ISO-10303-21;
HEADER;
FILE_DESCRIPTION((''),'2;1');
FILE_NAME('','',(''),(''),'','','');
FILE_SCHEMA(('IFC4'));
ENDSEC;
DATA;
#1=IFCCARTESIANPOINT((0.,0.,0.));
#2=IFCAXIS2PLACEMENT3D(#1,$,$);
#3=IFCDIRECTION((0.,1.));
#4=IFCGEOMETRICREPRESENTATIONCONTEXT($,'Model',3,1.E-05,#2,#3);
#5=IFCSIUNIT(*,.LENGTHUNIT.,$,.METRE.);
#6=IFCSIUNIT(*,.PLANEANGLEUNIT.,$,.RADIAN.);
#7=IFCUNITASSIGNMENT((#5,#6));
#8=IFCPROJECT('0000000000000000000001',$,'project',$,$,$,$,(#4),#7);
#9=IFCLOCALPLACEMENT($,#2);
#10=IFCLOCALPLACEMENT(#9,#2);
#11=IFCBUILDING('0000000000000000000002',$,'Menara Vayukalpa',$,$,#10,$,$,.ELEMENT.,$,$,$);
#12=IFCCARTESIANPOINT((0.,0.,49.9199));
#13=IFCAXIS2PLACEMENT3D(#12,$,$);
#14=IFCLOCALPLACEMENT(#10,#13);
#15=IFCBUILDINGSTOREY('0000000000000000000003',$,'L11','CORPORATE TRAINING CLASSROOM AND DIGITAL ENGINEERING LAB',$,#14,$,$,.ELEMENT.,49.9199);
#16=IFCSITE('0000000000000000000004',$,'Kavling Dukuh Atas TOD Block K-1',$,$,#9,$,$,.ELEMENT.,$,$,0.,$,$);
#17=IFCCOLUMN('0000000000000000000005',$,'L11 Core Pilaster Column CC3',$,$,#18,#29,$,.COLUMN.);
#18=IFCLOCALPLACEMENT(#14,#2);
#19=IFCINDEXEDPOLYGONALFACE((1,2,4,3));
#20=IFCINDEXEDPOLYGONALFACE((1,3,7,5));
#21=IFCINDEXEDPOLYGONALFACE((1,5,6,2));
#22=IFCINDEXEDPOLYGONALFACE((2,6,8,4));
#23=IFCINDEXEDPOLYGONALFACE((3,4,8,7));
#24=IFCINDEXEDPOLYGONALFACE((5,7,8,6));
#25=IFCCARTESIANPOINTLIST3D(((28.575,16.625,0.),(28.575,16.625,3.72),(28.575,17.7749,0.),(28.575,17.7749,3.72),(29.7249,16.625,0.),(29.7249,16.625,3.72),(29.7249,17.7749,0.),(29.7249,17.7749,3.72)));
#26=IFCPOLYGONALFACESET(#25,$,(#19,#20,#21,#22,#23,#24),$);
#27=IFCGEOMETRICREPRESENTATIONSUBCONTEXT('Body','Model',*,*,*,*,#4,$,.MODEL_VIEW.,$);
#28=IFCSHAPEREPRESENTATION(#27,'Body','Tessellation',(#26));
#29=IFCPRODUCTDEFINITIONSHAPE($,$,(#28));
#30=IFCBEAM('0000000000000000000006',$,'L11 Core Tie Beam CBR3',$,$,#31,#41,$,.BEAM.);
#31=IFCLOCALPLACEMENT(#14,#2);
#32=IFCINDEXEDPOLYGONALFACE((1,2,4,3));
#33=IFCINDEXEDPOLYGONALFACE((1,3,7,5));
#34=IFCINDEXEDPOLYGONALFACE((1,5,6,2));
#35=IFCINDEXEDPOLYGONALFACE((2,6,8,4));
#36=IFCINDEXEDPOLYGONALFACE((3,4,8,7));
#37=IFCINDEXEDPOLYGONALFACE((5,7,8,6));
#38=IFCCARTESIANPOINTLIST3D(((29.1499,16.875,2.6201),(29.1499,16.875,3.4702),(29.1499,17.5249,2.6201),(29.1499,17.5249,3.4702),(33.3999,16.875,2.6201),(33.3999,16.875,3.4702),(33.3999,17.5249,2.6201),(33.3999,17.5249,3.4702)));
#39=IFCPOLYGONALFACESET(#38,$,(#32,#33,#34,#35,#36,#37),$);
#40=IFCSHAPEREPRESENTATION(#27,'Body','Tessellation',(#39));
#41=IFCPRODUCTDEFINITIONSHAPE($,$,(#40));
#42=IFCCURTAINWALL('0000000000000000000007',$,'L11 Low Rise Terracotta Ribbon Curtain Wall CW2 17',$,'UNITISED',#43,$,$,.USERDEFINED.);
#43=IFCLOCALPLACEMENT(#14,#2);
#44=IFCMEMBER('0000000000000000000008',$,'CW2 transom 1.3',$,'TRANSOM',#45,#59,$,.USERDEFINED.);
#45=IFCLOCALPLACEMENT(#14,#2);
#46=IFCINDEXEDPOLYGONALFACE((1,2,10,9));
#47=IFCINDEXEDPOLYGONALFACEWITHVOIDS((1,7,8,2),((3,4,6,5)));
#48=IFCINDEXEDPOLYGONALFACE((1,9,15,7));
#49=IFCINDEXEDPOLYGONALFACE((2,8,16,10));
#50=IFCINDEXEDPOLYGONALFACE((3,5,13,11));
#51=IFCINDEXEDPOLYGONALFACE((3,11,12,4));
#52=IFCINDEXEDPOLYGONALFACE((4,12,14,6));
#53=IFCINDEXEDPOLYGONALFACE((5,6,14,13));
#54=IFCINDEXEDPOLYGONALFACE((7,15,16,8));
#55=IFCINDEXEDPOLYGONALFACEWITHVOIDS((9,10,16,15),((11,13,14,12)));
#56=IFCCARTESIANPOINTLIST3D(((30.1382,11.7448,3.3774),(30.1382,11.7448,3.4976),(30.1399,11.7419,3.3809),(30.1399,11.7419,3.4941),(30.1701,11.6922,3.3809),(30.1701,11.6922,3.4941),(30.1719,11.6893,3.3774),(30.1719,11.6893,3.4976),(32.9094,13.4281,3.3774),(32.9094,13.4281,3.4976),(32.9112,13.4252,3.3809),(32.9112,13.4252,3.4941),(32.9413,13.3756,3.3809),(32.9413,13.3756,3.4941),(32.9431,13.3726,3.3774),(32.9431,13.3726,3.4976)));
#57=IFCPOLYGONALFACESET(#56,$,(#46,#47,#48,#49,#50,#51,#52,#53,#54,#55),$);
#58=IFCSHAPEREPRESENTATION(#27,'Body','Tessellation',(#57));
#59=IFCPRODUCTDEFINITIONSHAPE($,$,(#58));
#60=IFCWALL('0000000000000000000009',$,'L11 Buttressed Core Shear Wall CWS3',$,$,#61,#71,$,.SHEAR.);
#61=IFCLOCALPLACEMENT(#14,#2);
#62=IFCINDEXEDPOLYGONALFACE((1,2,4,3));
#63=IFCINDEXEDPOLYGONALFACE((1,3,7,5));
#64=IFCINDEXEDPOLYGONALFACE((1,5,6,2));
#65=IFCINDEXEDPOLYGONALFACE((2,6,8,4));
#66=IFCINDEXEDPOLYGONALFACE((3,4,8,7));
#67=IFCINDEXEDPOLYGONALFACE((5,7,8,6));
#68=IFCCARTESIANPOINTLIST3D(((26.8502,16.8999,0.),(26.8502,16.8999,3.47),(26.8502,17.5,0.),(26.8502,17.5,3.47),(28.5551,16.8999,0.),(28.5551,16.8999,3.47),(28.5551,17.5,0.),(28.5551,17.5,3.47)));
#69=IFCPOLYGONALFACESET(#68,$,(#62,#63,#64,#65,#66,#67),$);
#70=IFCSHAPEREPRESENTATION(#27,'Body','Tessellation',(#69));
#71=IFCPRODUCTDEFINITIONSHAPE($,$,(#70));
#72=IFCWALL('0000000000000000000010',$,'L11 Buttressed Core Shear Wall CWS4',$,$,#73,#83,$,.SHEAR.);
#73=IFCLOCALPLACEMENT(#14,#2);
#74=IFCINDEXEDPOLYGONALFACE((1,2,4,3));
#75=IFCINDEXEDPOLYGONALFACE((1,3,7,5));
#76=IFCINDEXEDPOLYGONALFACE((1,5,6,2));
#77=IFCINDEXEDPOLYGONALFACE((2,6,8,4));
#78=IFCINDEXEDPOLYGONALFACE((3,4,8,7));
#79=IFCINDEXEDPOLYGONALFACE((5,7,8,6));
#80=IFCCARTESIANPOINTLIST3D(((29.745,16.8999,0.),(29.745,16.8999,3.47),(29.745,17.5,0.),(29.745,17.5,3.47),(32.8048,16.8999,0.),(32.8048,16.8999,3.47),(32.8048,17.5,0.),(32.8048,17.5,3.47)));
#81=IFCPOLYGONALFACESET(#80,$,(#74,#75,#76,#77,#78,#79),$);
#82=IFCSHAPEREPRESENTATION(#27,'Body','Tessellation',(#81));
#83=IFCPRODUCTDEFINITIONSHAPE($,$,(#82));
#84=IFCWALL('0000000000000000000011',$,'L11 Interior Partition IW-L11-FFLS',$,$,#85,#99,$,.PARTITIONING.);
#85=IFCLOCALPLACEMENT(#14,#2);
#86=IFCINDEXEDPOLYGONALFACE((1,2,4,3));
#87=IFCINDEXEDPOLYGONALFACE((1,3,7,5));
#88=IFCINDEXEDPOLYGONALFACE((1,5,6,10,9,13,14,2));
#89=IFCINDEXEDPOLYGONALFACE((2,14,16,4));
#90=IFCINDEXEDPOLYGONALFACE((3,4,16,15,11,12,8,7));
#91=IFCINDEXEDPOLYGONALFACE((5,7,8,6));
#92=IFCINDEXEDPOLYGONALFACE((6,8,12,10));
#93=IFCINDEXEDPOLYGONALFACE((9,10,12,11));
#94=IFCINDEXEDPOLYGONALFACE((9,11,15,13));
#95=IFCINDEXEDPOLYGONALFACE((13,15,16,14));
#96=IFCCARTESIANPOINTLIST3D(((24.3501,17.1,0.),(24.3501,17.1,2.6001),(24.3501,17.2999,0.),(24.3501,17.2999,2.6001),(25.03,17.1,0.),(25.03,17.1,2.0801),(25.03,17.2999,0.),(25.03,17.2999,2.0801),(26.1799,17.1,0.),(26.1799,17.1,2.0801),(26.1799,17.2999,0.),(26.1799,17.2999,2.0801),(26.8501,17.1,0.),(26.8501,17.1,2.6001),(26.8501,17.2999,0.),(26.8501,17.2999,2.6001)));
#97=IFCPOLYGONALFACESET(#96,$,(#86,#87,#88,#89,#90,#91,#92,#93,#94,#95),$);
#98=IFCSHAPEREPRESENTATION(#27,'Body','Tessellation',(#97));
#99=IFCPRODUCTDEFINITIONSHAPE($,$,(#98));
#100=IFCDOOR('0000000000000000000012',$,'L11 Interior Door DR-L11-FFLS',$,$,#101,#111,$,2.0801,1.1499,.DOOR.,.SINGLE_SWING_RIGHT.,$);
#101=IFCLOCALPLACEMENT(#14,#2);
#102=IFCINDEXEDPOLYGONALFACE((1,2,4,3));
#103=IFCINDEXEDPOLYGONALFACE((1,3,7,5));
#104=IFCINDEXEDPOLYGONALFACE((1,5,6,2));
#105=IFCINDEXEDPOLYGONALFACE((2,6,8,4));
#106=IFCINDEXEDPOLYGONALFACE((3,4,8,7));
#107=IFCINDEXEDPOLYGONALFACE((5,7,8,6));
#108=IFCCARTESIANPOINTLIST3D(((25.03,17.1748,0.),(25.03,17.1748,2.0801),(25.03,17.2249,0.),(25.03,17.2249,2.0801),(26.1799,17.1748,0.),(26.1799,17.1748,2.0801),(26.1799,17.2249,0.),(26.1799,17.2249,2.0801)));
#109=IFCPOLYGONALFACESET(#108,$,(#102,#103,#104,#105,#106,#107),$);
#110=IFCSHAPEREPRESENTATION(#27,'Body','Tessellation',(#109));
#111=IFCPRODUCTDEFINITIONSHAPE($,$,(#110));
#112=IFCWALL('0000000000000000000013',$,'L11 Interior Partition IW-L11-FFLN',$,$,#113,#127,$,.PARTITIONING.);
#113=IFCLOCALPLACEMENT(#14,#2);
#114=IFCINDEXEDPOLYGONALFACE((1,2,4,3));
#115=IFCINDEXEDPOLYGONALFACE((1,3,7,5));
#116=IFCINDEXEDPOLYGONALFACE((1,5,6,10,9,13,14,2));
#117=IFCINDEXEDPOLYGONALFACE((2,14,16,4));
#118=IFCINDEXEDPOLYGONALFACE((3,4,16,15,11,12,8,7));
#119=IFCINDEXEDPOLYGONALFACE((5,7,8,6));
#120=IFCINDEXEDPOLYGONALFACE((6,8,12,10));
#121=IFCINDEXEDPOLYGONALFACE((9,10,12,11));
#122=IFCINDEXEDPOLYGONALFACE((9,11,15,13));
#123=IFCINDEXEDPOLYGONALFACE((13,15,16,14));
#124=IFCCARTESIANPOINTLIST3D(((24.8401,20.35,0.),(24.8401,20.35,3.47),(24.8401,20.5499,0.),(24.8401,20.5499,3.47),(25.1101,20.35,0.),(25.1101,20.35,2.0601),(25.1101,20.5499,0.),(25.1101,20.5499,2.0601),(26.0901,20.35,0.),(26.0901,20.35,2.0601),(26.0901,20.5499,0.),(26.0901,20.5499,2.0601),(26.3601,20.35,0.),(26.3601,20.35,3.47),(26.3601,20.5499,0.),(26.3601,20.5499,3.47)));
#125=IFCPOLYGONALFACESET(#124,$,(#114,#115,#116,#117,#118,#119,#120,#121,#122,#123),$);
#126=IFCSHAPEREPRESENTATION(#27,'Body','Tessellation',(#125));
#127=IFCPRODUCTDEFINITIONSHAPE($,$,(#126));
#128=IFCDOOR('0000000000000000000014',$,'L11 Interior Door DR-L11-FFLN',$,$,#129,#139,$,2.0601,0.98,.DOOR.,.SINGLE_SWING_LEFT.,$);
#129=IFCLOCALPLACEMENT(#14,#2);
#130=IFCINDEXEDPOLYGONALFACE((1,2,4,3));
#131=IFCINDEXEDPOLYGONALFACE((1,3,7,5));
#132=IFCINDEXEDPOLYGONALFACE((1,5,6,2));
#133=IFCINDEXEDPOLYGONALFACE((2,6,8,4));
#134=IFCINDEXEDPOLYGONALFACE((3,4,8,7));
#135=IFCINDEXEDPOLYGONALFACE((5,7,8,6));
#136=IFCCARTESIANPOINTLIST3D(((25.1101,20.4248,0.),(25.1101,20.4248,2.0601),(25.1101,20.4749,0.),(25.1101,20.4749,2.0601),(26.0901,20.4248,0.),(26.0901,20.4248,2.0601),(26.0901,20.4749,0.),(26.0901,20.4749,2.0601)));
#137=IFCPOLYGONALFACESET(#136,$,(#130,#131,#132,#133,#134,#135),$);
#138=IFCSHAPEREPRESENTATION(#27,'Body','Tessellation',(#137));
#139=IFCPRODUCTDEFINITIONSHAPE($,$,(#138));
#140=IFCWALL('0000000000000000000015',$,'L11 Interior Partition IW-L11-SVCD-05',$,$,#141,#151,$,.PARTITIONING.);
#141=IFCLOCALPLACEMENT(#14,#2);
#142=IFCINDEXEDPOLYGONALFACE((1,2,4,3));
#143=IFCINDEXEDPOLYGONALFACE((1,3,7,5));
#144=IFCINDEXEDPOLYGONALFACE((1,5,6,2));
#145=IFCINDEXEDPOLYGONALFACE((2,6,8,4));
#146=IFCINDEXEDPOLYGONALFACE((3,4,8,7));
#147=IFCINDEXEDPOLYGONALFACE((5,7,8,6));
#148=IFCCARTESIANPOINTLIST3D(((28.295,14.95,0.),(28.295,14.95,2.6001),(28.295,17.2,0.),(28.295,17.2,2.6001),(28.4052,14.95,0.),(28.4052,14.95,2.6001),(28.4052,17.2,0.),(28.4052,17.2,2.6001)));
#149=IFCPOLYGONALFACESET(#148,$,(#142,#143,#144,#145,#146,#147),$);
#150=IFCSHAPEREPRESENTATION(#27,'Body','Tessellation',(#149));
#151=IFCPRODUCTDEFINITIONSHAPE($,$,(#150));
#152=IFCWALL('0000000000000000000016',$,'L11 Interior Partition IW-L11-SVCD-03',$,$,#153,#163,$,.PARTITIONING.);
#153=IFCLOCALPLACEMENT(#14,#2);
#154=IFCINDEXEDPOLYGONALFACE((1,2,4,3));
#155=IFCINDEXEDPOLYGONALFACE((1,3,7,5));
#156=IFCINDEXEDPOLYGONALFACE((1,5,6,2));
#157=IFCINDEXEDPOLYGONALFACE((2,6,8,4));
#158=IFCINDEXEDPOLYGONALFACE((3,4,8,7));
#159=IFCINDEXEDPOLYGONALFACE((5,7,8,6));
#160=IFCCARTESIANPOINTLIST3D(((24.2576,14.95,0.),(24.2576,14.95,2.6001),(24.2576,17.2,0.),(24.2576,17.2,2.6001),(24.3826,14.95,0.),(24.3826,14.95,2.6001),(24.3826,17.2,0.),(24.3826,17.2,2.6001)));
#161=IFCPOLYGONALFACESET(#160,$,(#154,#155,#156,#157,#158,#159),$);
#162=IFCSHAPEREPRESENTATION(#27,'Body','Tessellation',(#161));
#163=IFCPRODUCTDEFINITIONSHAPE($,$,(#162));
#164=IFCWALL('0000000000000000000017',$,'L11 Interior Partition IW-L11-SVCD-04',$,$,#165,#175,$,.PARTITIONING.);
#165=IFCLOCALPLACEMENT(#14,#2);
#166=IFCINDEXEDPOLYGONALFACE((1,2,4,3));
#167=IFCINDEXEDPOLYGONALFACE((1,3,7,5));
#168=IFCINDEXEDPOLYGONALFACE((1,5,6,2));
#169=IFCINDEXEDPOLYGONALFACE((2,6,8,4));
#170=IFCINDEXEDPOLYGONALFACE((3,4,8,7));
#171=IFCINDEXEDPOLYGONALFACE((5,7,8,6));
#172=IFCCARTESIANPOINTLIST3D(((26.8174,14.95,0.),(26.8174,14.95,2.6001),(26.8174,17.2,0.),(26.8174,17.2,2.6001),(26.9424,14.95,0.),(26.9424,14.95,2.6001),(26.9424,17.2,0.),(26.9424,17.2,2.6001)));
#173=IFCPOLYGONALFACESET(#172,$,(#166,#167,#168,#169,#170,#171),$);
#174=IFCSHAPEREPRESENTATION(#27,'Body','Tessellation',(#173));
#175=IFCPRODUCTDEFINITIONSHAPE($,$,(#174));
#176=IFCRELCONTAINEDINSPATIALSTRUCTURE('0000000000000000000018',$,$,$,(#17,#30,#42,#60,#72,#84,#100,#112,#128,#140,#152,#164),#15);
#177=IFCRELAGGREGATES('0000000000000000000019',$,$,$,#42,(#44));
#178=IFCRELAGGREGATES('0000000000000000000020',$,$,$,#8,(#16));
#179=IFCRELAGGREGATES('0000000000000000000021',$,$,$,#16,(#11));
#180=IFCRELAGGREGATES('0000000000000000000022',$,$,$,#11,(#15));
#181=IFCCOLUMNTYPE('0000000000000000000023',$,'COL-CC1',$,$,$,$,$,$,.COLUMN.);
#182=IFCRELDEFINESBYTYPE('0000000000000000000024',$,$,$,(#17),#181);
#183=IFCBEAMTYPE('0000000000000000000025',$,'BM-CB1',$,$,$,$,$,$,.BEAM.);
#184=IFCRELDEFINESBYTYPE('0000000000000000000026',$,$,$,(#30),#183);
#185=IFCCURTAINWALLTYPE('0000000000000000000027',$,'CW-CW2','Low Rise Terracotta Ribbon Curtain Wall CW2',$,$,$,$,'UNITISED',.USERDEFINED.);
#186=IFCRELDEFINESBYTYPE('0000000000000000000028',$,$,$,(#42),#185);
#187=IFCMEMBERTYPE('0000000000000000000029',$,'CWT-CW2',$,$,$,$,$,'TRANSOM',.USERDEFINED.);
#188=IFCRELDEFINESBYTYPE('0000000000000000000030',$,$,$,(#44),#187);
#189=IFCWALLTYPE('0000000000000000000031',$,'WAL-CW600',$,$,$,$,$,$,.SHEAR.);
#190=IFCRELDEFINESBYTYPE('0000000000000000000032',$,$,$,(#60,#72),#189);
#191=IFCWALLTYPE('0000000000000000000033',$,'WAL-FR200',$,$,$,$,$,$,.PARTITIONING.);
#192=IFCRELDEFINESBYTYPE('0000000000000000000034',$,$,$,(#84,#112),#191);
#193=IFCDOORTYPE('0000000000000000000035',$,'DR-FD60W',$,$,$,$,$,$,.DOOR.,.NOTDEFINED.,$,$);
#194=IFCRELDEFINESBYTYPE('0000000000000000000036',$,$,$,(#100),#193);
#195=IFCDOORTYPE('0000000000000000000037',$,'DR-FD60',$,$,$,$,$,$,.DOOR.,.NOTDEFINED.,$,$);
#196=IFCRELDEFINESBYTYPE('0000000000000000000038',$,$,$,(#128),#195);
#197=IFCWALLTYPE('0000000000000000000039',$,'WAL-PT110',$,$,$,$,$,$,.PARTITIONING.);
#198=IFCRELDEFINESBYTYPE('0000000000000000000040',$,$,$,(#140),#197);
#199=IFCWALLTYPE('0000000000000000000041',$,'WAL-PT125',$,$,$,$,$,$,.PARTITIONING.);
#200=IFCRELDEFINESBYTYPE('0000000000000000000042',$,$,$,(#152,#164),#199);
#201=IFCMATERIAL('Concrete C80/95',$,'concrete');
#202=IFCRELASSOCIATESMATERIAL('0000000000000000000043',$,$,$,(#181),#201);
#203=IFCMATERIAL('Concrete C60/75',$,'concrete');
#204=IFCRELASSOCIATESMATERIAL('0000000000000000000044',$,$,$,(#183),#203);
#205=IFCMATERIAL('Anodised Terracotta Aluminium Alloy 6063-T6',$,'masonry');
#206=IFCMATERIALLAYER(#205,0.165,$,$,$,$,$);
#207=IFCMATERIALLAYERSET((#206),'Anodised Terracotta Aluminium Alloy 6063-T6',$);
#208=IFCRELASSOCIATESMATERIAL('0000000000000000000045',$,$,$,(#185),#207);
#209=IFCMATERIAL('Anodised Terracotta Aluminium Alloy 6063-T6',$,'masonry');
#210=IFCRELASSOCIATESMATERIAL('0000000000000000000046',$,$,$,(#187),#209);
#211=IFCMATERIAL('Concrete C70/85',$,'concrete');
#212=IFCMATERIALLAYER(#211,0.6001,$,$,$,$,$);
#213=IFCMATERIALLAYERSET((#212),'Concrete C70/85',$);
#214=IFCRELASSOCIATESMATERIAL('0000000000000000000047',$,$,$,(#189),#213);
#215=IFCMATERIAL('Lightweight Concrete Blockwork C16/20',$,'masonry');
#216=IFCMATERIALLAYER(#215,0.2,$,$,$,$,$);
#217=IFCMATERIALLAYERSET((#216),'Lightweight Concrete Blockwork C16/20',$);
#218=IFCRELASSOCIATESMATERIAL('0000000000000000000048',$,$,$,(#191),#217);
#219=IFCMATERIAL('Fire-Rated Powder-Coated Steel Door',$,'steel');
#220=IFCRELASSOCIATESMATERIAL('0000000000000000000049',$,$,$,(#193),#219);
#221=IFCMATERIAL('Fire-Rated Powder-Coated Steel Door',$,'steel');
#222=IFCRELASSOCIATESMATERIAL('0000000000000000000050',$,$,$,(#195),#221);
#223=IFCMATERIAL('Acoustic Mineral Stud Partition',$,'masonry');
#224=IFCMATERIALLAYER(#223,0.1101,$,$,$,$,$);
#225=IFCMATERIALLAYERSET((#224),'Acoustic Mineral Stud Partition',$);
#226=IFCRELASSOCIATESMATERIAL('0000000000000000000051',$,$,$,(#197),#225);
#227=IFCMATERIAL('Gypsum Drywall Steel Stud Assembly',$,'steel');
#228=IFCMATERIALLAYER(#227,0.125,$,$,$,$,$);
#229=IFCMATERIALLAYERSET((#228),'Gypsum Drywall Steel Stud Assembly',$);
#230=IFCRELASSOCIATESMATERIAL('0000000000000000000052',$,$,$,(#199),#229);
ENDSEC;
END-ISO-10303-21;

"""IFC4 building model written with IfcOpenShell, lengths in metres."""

from ifc_helpers import new_model, si_unit, direction, frame, frame_2d, origin, origin_2d, place, context, subcontext, project, spatial, rectangle, hollow_rectangle, extrude, material, layer, layer_set, material_profile, profile_set, type_object, element, fill, aggregate, save


model = new_model("IFC4")

# Units and contexts
model_context = context("Model", 3, precision=1e-05, world=origin(), true_north=direction((0.0, 1.0)))
body_context = subcontext(model_context, "Body", "Model", "MODEL_VIEW")
ifc_project = project(units=[si_unit("LENGTHUNIT", "METRE"), si_unit("PLANEANGLEUNIT", "RADIAN")], contexts=[model_context])

# Site, building, storey
site_placement = place(None, origin())
site = spatial("IfcSite", under=ifc_project, at=site_placement, Name="Kavling Dukuh Atas TOD Block K-1", CompositionType="ELEMENT", RefElevation=0.0)
building_placement = place(site_placement, origin())
building = spatial("IfcBuilding", under=site, at=building_placement, Name="Menara Vayukalpa", CompositionType="ELEMENT")
storey_placement = place(building_placement, frame((0.0, 0.0, 49.9199)))
storey = spatial("IfcBuildingStorey", under=building, at=storey_placement, Name="L11", Description="CORPORATE TRAINING CLASSROOM AND DIGITAL ENGINEERING LAB", CompositionType="ELEMENT", Elevation=49.9199)

# Column
ifc_material_1 = material(Name="Concrete C80/95", Category="concrete")
ifc_material_profile_1 = material_profile(ifc_material_1, rectangle(XDim=1.1499, YDim=1.1499, at=origin_2d()), Name="RC 1150x1150")
ifc_profile_set_1 = profile_set([ifc_material_profile_1], Name="Concrete C80/95")
column_type = type_object("IfcColumnType", Name="COL-CC1", PredefinedType="COLUMN", material=ifc_profile_set_1)
column_placement = place(storey_placement, frame((29.1499, 17.2, 0.0), z_axis=(0.0, 0.0, 1.0), x_axis=(1.0, 0.0, 0.0)))
element("IfcColumn", 1, at=column_placement, inside=storey, type_object=column_type, Name="L11 Core Pilaster Column CC3", PredefinedType="COLUMN", context=body_context, shape_type="SweptSolid", body=[
    extrude(rectangle(XDim=1.1499, YDim=1.1499, at=origin_2d()), origin(), (0.0, 0.0, 1.0), 3.72),
])

# Beam
ifc_material_2 = material(Name="Concrete C60/75", Category="concrete")
ifc_material_profile_2 = material_profile(ifc_material_2, rectangle(XDim=0.6499, YDim=0.8501, at=origin_2d()), Name="RC 650x850")
ifc_profile_set_2 = profile_set([ifc_material_profile_2], Name="Concrete C60/75")
beam_type = type_object("IfcBeamType", Name="BM-CB1", PredefinedType="BEAM", material=ifc_profile_set_2)
beam_placement = place(storey_placement, frame((29.1499, 17.2, 3.0452), z_axis=(1.0, 0.0, 0.0), x_axis=(0.0, 1.0, 0.0)))
element("IfcBeam", 2, at=beam_placement, inside=storey, type_object=beam_type, Name="L11 Core Tie Beam CBR3", PredefinedType="BEAM", context=body_context, shape_type="SweptSolid", body=[
    extrude(rectangle(XDim=0.6499, YDim=0.8501, at=origin_2d()), origin(), (0.0, 0.0, 1.0), 4.25),
])

# Curtain wall, member
ifc_material_3 = material(Name="Anodised Terracotta Aluminium Alloy 6063-T6", Category="masonry")
ifc_layer_1 = layer(ifc_material_3, 0.165)
ifc_layer_set_1 = layer_set([ifc_layer_1], Name="Anodised Terracotta Aluminium Alloy 6063-T6")
curtain_wall_type = type_object("IfcCurtainWallType", Name="CW-CW2", Description="Low Rise Terracotta Ribbon Curtain Wall CW2", ElementType="UNITISED", PredefinedType="USERDEFINED", material=ifc_layer_set_1)
curtain_wall_placement = place(storey_placement, origin())
curtain_wall = element("IfcCurtainWall", 3, at=curtain_wall_placement, inside=storey, type_object=curtain_wall_type, Name="L11 Low Rise Terracotta Ribbon Curtain Wall CW2 17", ObjectType="UNITISED", PredefinedType="USERDEFINED")
ifc_material_4 = material(Name="Anodised Terracotta Aluminium Alloy 6063-T6", Category="masonry")
ifc_material_profile_3 = material_profile(ifc_material_4, hollow_rectangle(XDim=0.0649, YDim=0.1201, WallThickness=0.0034, at=origin_2d()), Name="ALU 65x120x3.5")
ifc_profile_set_3 = profile_set([ifc_material_profile_3], Name="Anodised Terracotta Aluminium Alloy 6063-T6")
member_type = type_object("IfcMemberType", Name="CWT-CW2", ElementType="TRANSOM", PredefinedType="USERDEFINED", material=ifc_profile_set_3)
member_placement = place(storey_placement, frame((30.155, 11.717, 3.4375), z_axis=(0.854677, 0.519161, 0.0), x_axis=(-0.519161, 0.854677, 0.0)))
member = element("IfcMember", 4, at=member_placement, type_object=member_type, Name="CW2 transom 1.3", ObjectType="TRANSOM", PredefinedType="USERDEFINED", context=body_context, shape_type="SweptSolid", body=[
    extrude(hollow_rectangle(XDim=0.0649, YDim=0.1201, WallThickness=0.0034, at=origin_2d()), origin(), (0.0, 0.0, 1.0), 3.2424),
])
aggregate(curtain_wall, [member])

# Walls
ifc_material_5 = material(Name="Concrete C70/85", Category="concrete")
ifc_layer_2 = layer(ifc_material_5, 0.6001)
ifc_layer_set_2 = layer_set([ifc_layer_2], Name="Concrete C70/85")
wall_type_1 = type_object("IfcWallType", Name="WAL-CW600", PredefinedType="SHEAR", material=ifc_layer_set_2)
wall_1_placement = place(storey_placement, frame((26.8501, 17.2, 0.0), z_axis=(0.0, 0.0, 1.0), x_axis=(1.0, 0.0, 0.0)))
element("IfcWall", 5, at=wall_1_placement, inside=storey, type_object=wall_type_1, Name="L11 Buttressed Core Shear Wall CWS3", PredefinedType="SHEAR", context=body_context, shape_type="SweptSolid", body=[
    extrude(rectangle(XDim=1.7048, YDim=0.6001, at=frame_2d((0.8525, 0.0))), origin(), (0.0, 0.0, 1.0), 3.47),
])
wall_2_placement = place(storey_placement, frame((29.7451, 17.2, 0.0), z_axis=(0.0, 0.0, 1.0), x_axis=(1.0, 0.0, 0.0)))
element("IfcWall", 6, at=wall_2_placement, inside=storey, type_object=wall_type_1, Name="L11 Buttressed Core Shear Wall CWS4", PredefinedType="SHEAR", context=body_context, shape_type="SweptSolid", body=[
    extrude(rectangle(XDim=3.0598, YDim=0.6001, at=frame_2d((1.5298, 0.0))), origin(), (0.0, 0.0, 1.0), 3.47),
])

# Walls, openings, doors
ifc_material_6 = material(Name="Lightweight Concrete Blockwork C16/20", Category="masonry")
ifc_layer_3 = layer(ifc_material_6, 0.2)
ifc_layer_set_3 = layer_set([ifc_layer_3], Name="Lightweight Concrete Blockwork C16/20")
wall_type_2 = type_object("IfcWallType", Name="WAL-FR200", PredefinedType="PARTITIONING", material=ifc_layer_set_3)
wall_3_placement = place(storey_placement, frame((24.3501, 17.2, 0.0), z_axis=(0.0, 0.0, 1.0), x_axis=(1.0, 0.0, 0.0)))
wall_3 = element("IfcWall", 7, at=wall_3_placement, inside=storey, type_object=wall_type_2, Name="L11 Interior Partition IW-L11-FFLS", PredefinedType="PARTITIONING", context=body_context, shape_type="SweptSolid", body=[
    extrude(rectangle(XDim=2.5, YDim=0.2, at=frame_2d((1.25, 0.0))), origin(), (0.0, 0.0, 1.0), 2.6001),
])
opening_1_placement = place(wall_3_placement, frame((0.6799, 0.0, 0.0)))
opening_1 = element("IfcOpeningElement", 8, at=opening_1_placement, cuts=wall_3, PredefinedType="OPENING", context=body_context, shape_type="SweptSolid", body=[
    extrude(rectangle(XDim=1.1499, YDim=2.0801, at=frame_2d((0.575, 1.04))), frame((0.0, 0.1099, 0.0), z_axis=(0.0, -1.0, 0.0), x_axis=(1.0, 0.0, 0.0)), (0.0, 0.0, 1.0), 0.22),
])
ifc_material_7 = material(Name="Fire-Rated Powder-Coated Steel Door", Category="steel")
door_type_1 = type_object("IfcDoorType", Name="DR-FD60W", OperationType="NOTDEFINED", PredefinedType="DOOR", material=ifc_material_7)
door_1_placement = place(opening_1_placement, origin())
door_1 = element("IfcDoor", 9, at=door_1_placement, inside=storey, type_object=door_type_1, Name="L11 Interior Door DR-L11-FFLS", OperationType="SINGLE_SWING_RIGHT", OverallHeight=2.0801, OverallWidth=1.1499, PredefinedType="DOOR", context=body_context, shape_type="SweptSolid", body=[
    extrude(rectangle(XDim=1.1499, YDim=2.0801, at=frame_2d((0.575, 1.04))), frame((0.0, 0.0249, 0.0), z_axis=(0.0, -1.0, 0.0), x_axis=(1.0, 0.0, 0.0)), (0.0, 0.0, 1.0), 0.05),
])
fill(opening_1, door_1)
wall_4_placement = place(storey_placement, frame((24.8401, 20.45, 0.0), z_axis=(0.0, 0.0, 1.0), x_axis=(1.0, 0.0, 0.0)))
wall_4 = element("IfcWall", 10, at=wall_4_placement, inside=storey, type_object=wall_type_2, Name="L11 Interior Partition IW-L11-FFLN", PredefinedType="PARTITIONING", context=body_context, shape_type="SweptSolid", body=[
    extrude(rectangle(XDim=1.52, YDim=0.2, at=frame_2d((0.76, 0.0))), origin(), (0.0, 0.0, 1.0), 3.47),
])
opening_2_placement = place(wall_4_placement, frame((0.27, 0.0, 0.0)))
opening_2 = element("IfcOpeningElement", 11, at=opening_2_placement, cuts=wall_4, PredefinedType="OPENING", context=body_context, shape_type="SweptSolid", body=[
    extrude(rectangle(XDim=0.98, YDim=2.0601, at=frame_2d((0.49, 1.03))), frame((0.0, 0.1099, 0.0), z_axis=(0.0, -1.0, 0.0), x_axis=(1.0, 0.0, 0.0)), (0.0, 0.0, 1.0), 0.22),
])
ifc_material_8 = material(Name="Fire-Rated Powder-Coated Steel Door", Category="steel")
door_type_2 = type_object("IfcDoorType", Name="DR-FD60", OperationType="NOTDEFINED", PredefinedType="DOOR", material=ifc_material_8)
door_2_placement = place(opening_2_placement, origin())
door_2 = element("IfcDoor", 12, at=door_2_placement, inside=storey, type_object=door_type_2, Name="L11 Interior Door DR-L11-FFLN", OperationType="SINGLE_SWING_LEFT", OverallHeight=2.0601, OverallWidth=0.98, PredefinedType="DOOR", context=body_context, shape_type="SweptSolid", body=[
    extrude(rectangle(XDim=0.98, YDim=2.0601, at=frame_2d((0.49, 1.03))), frame((0.0, 0.0249, 0.0), z_axis=(0.0, -1.0, 0.0), x_axis=(1.0, 0.0, 0.0)), (0.0, 0.0, 1.0), 0.05),
])
fill(opening_2, door_2)

# Walls
ifc_material_9 = material(Name="Acoustic Mineral Stud Partition", Category="masonry")
ifc_layer_4 = layer(ifc_material_9, 0.1101)
ifc_layer_set_4 = layer_set([ifc_layer_4], Name="Acoustic Mineral Stud Partition")
wall_type_3 = type_object("IfcWallType", Name="WAL-PT110", PredefinedType="PARTITIONING", material=ifc_layer_set_4)
wall_5_placement = place(storey_placement, frame((28.3501, 14.95, 0.0), z_axis=(0.0, 0.0, 1.0), x_axis=(0.0, 1.0, 0.0)))
element("IfcWall", 13, at=wall_5_placement, inside=storey, type_object=wall_type_3, Name="L11 Interior Partition IW-L11-SVCD-05", PredefinedType="PARTITIONING", context=body_context, shape_type="SweptSolid", body=[
    extrude(rectangle(XDim=2.25, YDim=0.1101, at=frame_2d((1.125, 0.0))), origin(), (0.0, 0.0, 1.0), 2.6001),
])
ifc_material_10 = material(Name="Gypsum Drywall Steel Stud Assembly", Category="steel")
ifc_layer_5 = layer(ifc_material_10, 0.125)
ifc_layer_set_5 = layer_set([ifc_layer_5], Name="Gypsum Drywall Steel Stud Assembly")
wall_type_4 = type_object("IfcWallType", Name="WAL-PT125", PredefinedType="PARTITIONING", material=ifc_layer_set_5)
for number, where, z_axis, x_axis, name in (
    (14, (24.3201, 14.95, 0.0), (0.0, 0.0, 1.0), (0.0, 1.0, 0.0), "L11 Interior Partition IW-L11-SVCD-03"),
    (15, (26.8799, 14.95, 0.0), (0.0, 0.0, 1.0), (0.0, 1.0, 0.0), "L11 Interior Partition IW-L11-SVCD-04"),
):
    element("IfcWall", number, at=place(storey_placement, frame(where, z_axis=z_axis, x_axis=x_axis)), inside=storey, type_object=wall_type_4, Name=name, PredefinedType="PARTITIONING", context=body_context, shape_type="SweptSolid", body=[
        extrude(rectangle(XDim=2.25, YDim=0.125, at=frame_2d((1.125, 0.0))), origin(), (0.0, 0.0, 1.0), 2.6001),
    ])

save(model, "model.ifc")
